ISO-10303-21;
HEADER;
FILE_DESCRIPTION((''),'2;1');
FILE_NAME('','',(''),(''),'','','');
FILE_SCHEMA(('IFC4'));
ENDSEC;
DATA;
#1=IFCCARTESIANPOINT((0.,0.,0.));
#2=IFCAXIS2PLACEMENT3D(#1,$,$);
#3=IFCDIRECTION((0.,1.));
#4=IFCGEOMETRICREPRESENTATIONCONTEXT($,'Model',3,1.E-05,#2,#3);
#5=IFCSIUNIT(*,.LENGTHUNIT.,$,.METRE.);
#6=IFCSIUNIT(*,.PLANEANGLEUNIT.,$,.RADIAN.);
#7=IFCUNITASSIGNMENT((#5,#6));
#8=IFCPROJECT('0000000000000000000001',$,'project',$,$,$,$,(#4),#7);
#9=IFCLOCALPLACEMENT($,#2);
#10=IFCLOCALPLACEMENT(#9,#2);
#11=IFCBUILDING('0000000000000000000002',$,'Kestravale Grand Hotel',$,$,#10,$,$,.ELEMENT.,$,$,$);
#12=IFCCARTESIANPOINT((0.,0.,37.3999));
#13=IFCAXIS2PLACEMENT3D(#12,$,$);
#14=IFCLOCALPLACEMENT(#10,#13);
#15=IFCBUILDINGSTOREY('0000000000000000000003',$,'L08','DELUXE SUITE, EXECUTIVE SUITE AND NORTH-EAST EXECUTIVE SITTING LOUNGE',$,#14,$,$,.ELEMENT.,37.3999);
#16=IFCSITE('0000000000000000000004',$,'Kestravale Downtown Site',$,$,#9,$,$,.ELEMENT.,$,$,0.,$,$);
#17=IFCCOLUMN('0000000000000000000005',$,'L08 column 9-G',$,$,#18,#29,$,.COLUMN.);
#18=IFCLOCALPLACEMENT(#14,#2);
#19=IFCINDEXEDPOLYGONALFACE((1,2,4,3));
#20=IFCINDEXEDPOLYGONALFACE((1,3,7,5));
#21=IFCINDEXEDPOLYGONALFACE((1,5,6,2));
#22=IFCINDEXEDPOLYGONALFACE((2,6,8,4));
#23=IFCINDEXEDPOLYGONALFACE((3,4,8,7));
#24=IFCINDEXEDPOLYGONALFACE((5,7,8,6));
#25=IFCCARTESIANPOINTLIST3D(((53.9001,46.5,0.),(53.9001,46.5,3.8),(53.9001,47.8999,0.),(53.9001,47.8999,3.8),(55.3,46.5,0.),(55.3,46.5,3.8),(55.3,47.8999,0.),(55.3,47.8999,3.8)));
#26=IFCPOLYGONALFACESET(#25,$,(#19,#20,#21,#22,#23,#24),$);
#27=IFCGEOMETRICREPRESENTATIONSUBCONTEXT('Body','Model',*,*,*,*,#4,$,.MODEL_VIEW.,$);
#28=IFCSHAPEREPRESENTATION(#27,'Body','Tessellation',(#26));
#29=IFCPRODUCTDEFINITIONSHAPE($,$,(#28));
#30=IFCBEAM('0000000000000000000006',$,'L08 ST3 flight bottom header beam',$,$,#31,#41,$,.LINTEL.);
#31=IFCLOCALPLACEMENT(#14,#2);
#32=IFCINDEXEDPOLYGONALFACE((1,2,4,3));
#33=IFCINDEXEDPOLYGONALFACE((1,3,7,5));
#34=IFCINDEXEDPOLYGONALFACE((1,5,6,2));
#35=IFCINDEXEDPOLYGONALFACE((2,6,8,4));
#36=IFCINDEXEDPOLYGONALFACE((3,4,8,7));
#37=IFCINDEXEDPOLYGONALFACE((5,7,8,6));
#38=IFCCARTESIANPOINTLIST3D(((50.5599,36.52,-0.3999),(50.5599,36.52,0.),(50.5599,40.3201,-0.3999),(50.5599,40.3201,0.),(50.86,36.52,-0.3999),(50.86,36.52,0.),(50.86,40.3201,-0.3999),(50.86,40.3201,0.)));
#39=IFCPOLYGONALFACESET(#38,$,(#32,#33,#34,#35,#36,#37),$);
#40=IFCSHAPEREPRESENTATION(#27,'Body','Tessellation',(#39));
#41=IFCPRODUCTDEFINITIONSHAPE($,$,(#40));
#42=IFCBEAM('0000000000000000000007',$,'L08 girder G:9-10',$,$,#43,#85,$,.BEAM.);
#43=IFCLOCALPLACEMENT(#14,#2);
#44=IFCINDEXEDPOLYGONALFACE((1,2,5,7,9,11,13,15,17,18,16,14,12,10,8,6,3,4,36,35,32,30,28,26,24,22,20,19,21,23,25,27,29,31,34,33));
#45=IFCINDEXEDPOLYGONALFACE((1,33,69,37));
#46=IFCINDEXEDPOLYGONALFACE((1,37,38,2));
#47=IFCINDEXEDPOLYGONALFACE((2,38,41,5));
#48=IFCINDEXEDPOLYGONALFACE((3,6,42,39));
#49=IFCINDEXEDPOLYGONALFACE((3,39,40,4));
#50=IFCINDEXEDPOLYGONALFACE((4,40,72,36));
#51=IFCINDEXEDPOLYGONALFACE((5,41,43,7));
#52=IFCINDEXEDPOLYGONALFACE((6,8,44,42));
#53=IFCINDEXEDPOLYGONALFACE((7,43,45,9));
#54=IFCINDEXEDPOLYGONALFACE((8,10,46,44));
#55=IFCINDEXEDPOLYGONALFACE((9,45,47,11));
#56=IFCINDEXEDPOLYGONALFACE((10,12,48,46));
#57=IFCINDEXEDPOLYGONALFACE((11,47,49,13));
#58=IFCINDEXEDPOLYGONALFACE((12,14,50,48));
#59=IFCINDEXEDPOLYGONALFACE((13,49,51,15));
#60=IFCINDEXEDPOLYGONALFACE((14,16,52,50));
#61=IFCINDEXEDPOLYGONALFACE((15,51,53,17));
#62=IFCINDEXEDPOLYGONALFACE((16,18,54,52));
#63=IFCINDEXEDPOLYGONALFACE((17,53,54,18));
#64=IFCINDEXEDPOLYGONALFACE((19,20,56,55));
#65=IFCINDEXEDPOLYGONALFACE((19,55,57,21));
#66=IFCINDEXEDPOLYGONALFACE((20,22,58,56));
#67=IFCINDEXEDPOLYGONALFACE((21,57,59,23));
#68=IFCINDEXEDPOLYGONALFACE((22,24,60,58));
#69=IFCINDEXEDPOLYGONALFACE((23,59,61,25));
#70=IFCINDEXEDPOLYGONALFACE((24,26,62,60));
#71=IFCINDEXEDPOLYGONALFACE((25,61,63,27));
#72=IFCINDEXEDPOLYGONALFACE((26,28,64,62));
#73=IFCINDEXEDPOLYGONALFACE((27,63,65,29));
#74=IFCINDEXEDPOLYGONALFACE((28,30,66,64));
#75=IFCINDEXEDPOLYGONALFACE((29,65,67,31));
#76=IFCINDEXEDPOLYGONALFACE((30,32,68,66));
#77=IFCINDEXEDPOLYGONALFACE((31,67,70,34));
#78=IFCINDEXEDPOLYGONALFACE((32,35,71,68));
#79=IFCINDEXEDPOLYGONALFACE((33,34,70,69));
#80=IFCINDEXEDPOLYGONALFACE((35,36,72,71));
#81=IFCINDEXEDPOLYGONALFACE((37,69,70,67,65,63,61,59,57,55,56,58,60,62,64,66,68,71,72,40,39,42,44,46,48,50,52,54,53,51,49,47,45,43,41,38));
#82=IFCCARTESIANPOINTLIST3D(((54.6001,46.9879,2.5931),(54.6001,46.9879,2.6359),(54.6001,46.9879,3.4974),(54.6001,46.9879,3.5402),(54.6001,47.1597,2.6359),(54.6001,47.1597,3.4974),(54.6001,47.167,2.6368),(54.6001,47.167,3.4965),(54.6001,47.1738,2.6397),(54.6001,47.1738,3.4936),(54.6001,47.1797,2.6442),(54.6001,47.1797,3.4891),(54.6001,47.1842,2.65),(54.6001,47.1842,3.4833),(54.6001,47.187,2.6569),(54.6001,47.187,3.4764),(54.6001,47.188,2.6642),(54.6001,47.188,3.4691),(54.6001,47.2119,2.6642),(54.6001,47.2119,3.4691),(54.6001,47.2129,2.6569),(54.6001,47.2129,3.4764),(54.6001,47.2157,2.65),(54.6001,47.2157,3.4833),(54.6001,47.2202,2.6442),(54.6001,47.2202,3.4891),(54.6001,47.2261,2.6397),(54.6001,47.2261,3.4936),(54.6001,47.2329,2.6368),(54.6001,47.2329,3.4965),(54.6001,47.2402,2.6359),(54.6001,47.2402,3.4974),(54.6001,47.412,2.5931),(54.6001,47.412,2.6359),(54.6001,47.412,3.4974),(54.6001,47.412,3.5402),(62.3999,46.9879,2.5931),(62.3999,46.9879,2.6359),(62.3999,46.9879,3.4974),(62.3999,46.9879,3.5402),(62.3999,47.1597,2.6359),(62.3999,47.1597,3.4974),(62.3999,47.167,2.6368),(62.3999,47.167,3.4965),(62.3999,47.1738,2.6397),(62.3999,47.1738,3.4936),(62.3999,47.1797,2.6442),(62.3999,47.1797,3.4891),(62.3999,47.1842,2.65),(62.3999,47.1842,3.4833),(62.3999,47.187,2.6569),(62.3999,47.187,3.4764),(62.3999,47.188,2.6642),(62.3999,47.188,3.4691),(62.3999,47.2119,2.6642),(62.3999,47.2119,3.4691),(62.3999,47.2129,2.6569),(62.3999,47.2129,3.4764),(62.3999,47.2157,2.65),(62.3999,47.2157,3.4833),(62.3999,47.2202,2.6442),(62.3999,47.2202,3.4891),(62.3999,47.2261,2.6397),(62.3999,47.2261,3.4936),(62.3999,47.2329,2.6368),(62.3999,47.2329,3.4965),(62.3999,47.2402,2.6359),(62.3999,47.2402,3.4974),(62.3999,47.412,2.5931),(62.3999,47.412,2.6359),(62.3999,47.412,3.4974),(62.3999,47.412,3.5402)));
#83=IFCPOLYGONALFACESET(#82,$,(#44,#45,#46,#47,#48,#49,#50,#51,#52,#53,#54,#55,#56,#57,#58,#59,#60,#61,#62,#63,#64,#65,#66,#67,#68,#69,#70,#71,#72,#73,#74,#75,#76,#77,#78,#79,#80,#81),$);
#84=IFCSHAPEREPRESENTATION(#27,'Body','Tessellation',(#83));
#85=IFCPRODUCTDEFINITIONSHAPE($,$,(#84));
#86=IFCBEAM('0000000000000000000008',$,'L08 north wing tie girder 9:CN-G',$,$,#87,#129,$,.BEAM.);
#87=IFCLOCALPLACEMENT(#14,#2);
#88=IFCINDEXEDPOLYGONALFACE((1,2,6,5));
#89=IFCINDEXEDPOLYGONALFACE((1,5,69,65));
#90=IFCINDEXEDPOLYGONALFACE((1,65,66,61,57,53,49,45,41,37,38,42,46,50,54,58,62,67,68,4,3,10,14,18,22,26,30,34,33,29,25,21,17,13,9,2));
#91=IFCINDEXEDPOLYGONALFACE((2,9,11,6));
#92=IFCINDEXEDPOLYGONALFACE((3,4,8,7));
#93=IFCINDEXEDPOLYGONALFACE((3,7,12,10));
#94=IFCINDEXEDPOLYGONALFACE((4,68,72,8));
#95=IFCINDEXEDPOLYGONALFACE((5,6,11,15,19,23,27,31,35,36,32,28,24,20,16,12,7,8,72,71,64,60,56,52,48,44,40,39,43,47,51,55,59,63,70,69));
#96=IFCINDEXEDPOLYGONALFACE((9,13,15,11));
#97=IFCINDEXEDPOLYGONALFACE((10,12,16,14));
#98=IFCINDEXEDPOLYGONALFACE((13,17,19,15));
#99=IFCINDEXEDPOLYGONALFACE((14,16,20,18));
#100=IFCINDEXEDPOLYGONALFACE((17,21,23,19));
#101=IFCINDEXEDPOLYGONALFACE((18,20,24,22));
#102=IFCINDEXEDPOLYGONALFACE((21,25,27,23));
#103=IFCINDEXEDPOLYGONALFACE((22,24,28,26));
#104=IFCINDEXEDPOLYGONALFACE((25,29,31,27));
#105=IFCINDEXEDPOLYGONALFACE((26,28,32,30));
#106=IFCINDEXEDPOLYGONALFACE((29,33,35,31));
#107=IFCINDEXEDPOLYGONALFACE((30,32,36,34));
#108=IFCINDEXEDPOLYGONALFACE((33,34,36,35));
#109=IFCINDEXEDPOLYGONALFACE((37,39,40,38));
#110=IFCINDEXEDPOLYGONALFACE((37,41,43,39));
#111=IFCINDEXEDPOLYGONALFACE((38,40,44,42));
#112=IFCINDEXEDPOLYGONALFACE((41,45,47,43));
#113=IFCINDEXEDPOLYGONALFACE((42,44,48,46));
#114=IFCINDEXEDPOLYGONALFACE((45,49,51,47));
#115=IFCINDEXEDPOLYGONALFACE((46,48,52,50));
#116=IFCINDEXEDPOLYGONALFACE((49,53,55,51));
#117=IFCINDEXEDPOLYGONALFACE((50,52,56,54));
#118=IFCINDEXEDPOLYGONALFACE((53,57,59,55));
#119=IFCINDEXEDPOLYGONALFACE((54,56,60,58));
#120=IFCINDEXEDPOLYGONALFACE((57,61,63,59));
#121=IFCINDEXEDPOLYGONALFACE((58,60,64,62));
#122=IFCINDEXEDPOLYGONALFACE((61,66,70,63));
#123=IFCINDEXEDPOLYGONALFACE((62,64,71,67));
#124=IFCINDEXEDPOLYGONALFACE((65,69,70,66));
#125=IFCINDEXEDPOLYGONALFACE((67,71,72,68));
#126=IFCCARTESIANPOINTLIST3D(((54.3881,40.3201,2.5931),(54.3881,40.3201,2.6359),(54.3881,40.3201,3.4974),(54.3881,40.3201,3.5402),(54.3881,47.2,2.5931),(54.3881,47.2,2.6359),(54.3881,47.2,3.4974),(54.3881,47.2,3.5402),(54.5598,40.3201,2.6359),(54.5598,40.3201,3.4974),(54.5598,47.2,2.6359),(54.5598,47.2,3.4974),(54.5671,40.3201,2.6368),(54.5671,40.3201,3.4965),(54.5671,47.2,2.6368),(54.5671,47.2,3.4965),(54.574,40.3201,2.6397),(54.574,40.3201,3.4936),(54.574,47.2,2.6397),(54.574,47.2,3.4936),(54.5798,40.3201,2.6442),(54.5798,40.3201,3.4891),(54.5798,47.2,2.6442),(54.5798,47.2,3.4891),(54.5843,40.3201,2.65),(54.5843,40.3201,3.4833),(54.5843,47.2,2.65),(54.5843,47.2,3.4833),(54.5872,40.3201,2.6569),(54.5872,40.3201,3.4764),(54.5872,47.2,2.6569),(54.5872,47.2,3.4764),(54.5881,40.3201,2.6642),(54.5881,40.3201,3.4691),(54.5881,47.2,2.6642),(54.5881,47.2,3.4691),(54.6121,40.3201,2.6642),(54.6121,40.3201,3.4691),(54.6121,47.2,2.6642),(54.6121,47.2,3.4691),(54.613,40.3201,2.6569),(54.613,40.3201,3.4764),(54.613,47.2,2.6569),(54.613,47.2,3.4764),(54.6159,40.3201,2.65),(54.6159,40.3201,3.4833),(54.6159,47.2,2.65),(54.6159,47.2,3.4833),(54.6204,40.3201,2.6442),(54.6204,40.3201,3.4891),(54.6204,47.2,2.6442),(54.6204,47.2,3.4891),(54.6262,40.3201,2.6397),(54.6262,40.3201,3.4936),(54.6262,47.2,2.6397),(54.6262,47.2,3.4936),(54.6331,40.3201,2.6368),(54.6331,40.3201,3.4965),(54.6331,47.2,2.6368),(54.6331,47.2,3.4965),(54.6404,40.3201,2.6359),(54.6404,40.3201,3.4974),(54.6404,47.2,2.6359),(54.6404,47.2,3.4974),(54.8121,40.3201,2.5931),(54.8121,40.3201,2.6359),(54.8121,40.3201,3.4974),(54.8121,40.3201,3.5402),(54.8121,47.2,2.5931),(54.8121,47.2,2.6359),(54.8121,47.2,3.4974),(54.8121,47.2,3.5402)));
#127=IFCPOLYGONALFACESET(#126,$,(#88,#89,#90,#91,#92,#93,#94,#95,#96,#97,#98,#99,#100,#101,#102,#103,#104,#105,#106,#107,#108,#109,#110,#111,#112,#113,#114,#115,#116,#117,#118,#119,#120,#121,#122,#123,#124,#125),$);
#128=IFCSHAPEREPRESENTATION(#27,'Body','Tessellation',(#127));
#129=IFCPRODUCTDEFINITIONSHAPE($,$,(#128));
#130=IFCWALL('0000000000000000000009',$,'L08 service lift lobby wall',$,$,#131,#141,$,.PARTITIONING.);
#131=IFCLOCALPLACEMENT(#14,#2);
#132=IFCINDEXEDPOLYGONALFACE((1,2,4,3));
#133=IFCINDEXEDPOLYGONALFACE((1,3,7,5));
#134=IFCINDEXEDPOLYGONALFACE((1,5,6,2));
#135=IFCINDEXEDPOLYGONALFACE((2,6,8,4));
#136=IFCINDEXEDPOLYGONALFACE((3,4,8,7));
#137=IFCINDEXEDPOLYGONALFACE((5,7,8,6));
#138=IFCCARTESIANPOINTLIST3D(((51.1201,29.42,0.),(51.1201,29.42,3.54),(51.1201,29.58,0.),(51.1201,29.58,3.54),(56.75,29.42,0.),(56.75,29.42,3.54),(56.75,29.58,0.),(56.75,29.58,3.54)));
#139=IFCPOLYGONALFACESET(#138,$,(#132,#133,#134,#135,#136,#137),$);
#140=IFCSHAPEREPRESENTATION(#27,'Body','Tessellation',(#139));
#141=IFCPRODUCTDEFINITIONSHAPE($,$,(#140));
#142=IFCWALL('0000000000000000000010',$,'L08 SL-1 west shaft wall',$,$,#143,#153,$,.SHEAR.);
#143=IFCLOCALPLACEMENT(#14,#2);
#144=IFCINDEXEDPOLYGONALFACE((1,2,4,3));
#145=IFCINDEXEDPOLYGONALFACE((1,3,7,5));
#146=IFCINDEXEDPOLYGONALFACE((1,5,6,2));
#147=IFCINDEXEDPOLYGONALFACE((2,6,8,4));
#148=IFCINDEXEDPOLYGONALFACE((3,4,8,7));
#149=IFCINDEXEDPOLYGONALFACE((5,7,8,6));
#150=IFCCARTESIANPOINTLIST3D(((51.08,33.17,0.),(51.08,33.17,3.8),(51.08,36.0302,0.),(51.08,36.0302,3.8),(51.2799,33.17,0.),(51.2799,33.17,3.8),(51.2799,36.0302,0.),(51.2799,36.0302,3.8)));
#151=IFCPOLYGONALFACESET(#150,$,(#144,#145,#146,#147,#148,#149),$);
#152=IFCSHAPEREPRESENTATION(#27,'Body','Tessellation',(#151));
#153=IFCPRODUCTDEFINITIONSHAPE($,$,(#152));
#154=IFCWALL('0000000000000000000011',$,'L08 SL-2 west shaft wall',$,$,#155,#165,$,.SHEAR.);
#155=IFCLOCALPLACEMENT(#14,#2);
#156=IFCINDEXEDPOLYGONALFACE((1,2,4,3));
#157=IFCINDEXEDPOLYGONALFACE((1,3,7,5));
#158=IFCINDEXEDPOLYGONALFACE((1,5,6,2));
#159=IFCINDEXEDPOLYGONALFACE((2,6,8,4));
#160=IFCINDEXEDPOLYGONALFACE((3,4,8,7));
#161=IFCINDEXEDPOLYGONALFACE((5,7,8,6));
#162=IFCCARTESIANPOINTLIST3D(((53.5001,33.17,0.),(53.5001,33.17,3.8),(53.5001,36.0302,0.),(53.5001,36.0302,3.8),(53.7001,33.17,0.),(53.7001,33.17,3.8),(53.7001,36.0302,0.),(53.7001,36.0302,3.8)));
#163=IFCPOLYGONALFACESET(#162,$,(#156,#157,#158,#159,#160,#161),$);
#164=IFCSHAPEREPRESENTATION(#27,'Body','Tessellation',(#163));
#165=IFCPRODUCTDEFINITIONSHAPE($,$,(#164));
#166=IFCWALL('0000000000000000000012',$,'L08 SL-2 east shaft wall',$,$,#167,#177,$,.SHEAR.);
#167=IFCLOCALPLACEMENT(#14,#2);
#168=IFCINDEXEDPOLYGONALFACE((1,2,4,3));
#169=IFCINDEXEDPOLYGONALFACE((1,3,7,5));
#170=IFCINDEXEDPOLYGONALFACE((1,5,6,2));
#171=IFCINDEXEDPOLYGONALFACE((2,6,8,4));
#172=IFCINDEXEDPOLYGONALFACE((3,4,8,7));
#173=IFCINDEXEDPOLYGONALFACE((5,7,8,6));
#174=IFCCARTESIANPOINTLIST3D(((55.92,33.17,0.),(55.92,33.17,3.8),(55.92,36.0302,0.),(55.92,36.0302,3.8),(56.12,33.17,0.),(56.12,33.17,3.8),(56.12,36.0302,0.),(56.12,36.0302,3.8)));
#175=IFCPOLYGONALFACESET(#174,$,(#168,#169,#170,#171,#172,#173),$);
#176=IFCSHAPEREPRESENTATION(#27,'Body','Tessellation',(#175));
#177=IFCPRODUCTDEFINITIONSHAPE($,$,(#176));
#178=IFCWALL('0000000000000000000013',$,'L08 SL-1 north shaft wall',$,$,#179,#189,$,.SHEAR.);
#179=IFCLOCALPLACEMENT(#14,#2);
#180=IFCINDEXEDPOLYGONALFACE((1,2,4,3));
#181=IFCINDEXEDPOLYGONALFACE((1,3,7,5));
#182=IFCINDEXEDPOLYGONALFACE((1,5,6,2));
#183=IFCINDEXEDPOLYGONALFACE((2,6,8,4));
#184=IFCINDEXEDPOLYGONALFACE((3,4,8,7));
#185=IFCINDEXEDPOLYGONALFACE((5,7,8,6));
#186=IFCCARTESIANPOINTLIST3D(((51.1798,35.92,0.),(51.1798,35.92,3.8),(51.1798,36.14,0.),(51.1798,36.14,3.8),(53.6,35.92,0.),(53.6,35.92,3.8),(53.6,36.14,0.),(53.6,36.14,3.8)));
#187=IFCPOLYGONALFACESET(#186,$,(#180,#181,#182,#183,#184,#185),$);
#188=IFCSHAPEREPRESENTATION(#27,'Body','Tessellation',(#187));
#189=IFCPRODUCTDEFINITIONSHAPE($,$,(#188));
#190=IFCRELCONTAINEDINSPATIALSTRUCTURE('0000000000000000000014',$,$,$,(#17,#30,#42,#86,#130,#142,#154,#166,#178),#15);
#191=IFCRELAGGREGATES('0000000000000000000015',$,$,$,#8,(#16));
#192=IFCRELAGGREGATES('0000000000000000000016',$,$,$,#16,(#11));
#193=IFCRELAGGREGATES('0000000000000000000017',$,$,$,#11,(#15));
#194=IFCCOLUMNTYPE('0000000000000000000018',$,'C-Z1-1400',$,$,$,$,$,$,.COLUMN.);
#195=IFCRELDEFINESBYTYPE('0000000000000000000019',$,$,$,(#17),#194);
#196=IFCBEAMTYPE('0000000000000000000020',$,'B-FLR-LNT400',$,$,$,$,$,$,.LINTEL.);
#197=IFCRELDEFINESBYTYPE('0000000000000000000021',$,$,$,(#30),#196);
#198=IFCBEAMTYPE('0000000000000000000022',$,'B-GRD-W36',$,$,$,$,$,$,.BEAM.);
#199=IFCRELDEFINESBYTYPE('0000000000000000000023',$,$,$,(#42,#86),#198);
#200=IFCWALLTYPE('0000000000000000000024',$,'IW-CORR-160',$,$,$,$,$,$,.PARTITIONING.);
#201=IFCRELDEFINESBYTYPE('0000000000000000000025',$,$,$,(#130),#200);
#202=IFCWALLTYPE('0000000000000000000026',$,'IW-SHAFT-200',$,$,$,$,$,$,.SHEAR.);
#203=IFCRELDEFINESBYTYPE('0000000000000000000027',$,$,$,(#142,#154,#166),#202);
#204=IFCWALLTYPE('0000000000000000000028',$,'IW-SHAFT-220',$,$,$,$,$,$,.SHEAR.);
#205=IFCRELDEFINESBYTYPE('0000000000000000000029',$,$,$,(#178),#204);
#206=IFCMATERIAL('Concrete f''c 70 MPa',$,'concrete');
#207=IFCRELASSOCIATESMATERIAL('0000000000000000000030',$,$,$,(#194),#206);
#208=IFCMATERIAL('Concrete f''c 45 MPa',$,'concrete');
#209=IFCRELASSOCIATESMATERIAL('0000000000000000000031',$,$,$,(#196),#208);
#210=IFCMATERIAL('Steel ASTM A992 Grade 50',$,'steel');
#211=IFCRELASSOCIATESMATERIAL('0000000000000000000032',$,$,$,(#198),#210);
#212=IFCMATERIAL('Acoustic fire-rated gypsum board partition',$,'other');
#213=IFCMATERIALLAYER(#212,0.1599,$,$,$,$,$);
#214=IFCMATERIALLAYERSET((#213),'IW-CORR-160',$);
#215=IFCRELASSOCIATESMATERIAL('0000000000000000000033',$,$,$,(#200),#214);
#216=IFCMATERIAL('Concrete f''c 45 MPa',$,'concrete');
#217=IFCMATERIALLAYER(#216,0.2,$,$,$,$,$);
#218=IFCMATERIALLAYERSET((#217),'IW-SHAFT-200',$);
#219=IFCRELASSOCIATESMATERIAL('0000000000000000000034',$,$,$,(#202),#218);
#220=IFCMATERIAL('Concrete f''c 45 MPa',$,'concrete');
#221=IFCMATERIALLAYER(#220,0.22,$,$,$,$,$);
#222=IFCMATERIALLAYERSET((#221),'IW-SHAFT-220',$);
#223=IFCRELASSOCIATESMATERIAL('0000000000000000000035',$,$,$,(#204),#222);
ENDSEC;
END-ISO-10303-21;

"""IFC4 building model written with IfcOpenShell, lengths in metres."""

from ifc_helpers import new_model, si_unit, direction, frame, frame_2d, origin, origin_2d, place, context, subcontext, project, spatial, rectangle, i_section, extrude, material, layer, layer_set, material_profile, profile_set, type_object, element, save


model = new_model("IFC4")

# Units and contexts
model_context = context("Model", 3, precision=1e-05, world=origin(), true_north=direction((0.0, 1.0)))
body_context = subcontext(model_context, "Body", "Model", "MODEL_VIEW")
ifc_project = project(units=[si_unit("LENGTHUNIT", "METRE"), si_unit("PLANEANGLEUNIT", "RADIAN")], contexts=[model_context])

# Site, building, storey
site_placement = place(None, origin())
site = spatial("IfcSite", under=ifc_project, at=site_placement, Name="Kestravale Downtown Site", CompositionType="ELEMENT", RefElevation=0.0)
building_placement = place(site_placement, origin())
building = spatial("IfcBuilding", under=site, at=building_placement, Name="Kestravale Grand Hotel", CompositionType="ELEMENT")
storey_placement = place(building_placement, frame((0.0, 0.0, 37.3999)))
storey = spatial("IfcBuildingStorey", under=building, at=storey_placement, Name="L08", Description="DELUXE SUITE, EXECUTIVE SUITE AND NORTH-EAST EXECUTIVE SITTING LOUNGE", CompositionType="ELEMENT", Elevation=37.3999)

# Column
ifc_material_1 = material(Name="Concrete f'c 70 MPa", Category="concrete")
ifc_material_profile_1 = material_profile(ifc_material_1, rectangle(XDim=1.3999, YDim=1.3999, at=origin_2d()))
ifc_profile_set_1 = profile_set([ifc_material_profile_1], Name="Concrete f'c 70 MPa")
column_type = type_object("IfcColumnType", Name="C-Z1-1400", PredefinedType="COLUMN", material=ifc_profile_set_1)
column_placement = place(storey_placement, frame((54.6001, 47.2, 0.0), z_axis=(0.0, 0.0, 1.0), x_axis=(1.0, 0.0, 0.0)))
element("IfcColumn", 1, at=column_placement, inside=storey, type_object=column_type, Name="L08 column 9-G", PredefinedType="COLUMN", context=body_context, shape_type="SweptSolid", body=[
    extrude(rectangle(XDim=1.3999, YDim=1.3999, at=origin_2d()), origin(), (0.0, 0.0, 1.0), 3.8),
])

# Beams
ifc_material_2 = material(Name="Concrete f'c 45 MPa", Category="concrete")
ifc_material_profile_2 = material_profile(ifc_material_2, rectangle(XDim=0.3, YDim=0.3999, at=origin_2d()))
ifc_profile_set_2 = profile_set([ifc_material_profile_2], Name="Concrete f'c 45 MPa")
beam_type_1 = type_object("IfcBeamType", Name="B-FLR-LNT400", PredefinedType="LINTEL", material=ifc_profile_set_2)
beam_1_placement = place(storey_placement, frame((50.71, 36.52, -0.2), z_axis=(0.0, 1.0, 0.0), x_axis=(-1.0, 0.0, 0.0)))
element("IfcBeam", 2, at=beam_1_placement, inside=storey, type_object=beam_type_1, Name="L08 ST3 flight bottom header beam", PredefinedType="LINTEL", context=body_context, shape_type="SweptSolid", body=[
    extrude(rectangle(XDim=0.3, YDim=0.3999, at=origin_2d()), origin(), (0.0, 0.0, 1.0), 3.8),
])
ifc_material_3 = material(Name="Steel ASTM A992 Grade 50", Category="steel")
ifc_material_profile_3 = material_profile(ifc_material_3, i_section(OverallWidth=0.4241, OverallDepth=0.947, WebThickness=0.0239, FlangeThickness=0.0427, FilletRadius=0.0283, at=origin_2d()))
ifc_profile_set_3 = profile_set([ifc_material_profile_3], Name="Steel ASTM A992 Grade 50")
beam_type_2 = type_object("IfcBeamType", Name="B-GRD-W36", PredefinedType="BEAM", material=ifc_profile_set_3)
beam_2_placement = place(storey_placement, frame((54.6001, 47.2, 3.0667), z_axis=(1.0, 0.0, 0.0), x_axis=(0.0, 1.0, 0.0)))
element("IfcBeam", 3, at=beam_2_placement, inside=storey, type_object=beam_type_2, Name="L08 girder G:9-10", PredefinedType="BEAM", context=body_context, shape_type="SweptSolid", body=[
    extrude(i_section(OverallWidth=0.4241, OverallDepth=0.947, WebThickness=0.0239, FlangeThickness=0.0427, FilletRadius=0.0283, at=origin_2d()), origin(), (0.0, 0.0, 1.0), 7.7998),
])
beam_3_placement = place(storey_placement, frame((54.6001, 40.3201, 3.0667), z_axis=(0.0, 1.0, 0.0), x_axis=(-1.0, 0.0, 0.0)))
element("IfcBeam", 4, at=beam_3_placement, inside=storey, type_object=beam_type_2, Name="L08 north wing tie girder 9:CN-G", PredefinedType="BEAM", context=body_context, shape_type="SweptSolid", body=[
    extrude(i_section(OverallWidth=0.4241, OverallDepth=0.947, WebThickness=0.0239, FlangeThickness=0.0427, FilletRadius=0.0283, at=origin_2d()), origin(), (0.0, 0.0, 1.0), 6.8799),
])

# Shared definitions
ifc_material_4 = material(Name="Acoustic fire-rated gypsum board partition", Category="other")
ifc_layer_1 = layer(ifc_material_4, 0.1599)
ifc_layer_set_1 = layer_set([ifc_layer_1], Name="IW-CORR-160")
wall_type_1 = type_object("IfcWallType", Name="IW-CORR-160", PredefinedType="PARTITIONING", material=ifc_layer_set_1)

# Walls
wall_1_placement = place(storey_placement, frame((51.1201, 29.5, 0.0), z_axis=(0.0, 0.0, 1.0), x_axis=(1.0, 0.0, 0.0)))
element("IfcWall", 5, at=wall_1_placement, inside=storey, type_object=wall_type_1, Name="L08 service lift lobby wall", PredefinedType="PARTITIONING", context=body_context, shape_type="SweptSolid", body=[
    extrude(rectangle(XDim=5.6299, YDim=0.1599, at=frame_2d((2.8149, 0.0))), origin(), (0.0, 0.0, 1.0), 3.54),
])
ifc_material_5 = material(Name="Concrete f'c 45 MPa", Category="concrete")
ifc_layer_2 = layer(ifc_material_5, 0.2)
ifc_layer_set_2 = layer_set([ifc_layer_2], Name="IW-SHAFT-200")
wall_type_2 = type_object("IfcWallType", Name="IW-SHAFT-200", PredefinedType="SHEAR", material=ifc_layer_set_2)
for number, where, z_axis, x_axis, name in (
    (6, (51.1799, 33.1699, 0.0), (0.0, 0.0, 1.0), (0.0, 1.0, 0.0), "L08 SL-1 west shaft wall"),
    (7, (53.6001, 33.1699, 0.0), (0.0, 0.0, 1.0), (0.0, 1.0, 0.0), "L08 SL-2 west shaft wall"),
    (8, (56.02, 33.1699, 0.0), (0.0, 0.0, 1.0), (0.0, 1.0, 0.0), "L08 SL-2 east shaft wall"),
):
    element("IfcWall", number, at=place(storey_placement, frame(where, z_axis=z_axis, x_axis=x_axis)), inside=storey, type_object=wall_type_2, Name=name, PredefinedType="SHEAR", context=body_context, shape_type="SweptSolid", body=[
        extrude(rectangle(XDim=2.8601, YDim=0.2, at=frame_2d((1.4302, 0.0))), origin(), (0.0, 0.0, 1.0), 3.8),
    ])
ifc_material_6 = material(Name="Concrete f'c 45 MPa", Category="concrete")
ifc_layer_3 = layer(ifc_material_6, 0.22)
ifc_layer_set_3 = layer_set([ifc_layer_3], Name="IW-SHAFT-220")
wall_type_3 = type_object("IfcWallType", Name="IW-SHAFT-220", PredefinedType="SHEAR", material=ifc_layer_set_3)
wall_2_placement = place(storey_placement, frame((51.1799, 36.03, 0.0), z_axis=(0.0, 0.0, 1.0), x_axis=(1.0, 0.0, 0.0)))
element("IfcWall", 9, at=wall_2_placement, inside=storey, type_object=wall_type_3, Name="L08 SL-1 north shaft wall", PredefinedType="SHEAR", context=body_context, shape_type="SweptSolid", body=[
    extrude(rectangle(XDim=2.4202, YDim=0.22, at=frame_2d((1.21, 0.0))), origin(), (0.0, 0.0, 1.0), 3.8),
])

save(model, "model.ifc")
